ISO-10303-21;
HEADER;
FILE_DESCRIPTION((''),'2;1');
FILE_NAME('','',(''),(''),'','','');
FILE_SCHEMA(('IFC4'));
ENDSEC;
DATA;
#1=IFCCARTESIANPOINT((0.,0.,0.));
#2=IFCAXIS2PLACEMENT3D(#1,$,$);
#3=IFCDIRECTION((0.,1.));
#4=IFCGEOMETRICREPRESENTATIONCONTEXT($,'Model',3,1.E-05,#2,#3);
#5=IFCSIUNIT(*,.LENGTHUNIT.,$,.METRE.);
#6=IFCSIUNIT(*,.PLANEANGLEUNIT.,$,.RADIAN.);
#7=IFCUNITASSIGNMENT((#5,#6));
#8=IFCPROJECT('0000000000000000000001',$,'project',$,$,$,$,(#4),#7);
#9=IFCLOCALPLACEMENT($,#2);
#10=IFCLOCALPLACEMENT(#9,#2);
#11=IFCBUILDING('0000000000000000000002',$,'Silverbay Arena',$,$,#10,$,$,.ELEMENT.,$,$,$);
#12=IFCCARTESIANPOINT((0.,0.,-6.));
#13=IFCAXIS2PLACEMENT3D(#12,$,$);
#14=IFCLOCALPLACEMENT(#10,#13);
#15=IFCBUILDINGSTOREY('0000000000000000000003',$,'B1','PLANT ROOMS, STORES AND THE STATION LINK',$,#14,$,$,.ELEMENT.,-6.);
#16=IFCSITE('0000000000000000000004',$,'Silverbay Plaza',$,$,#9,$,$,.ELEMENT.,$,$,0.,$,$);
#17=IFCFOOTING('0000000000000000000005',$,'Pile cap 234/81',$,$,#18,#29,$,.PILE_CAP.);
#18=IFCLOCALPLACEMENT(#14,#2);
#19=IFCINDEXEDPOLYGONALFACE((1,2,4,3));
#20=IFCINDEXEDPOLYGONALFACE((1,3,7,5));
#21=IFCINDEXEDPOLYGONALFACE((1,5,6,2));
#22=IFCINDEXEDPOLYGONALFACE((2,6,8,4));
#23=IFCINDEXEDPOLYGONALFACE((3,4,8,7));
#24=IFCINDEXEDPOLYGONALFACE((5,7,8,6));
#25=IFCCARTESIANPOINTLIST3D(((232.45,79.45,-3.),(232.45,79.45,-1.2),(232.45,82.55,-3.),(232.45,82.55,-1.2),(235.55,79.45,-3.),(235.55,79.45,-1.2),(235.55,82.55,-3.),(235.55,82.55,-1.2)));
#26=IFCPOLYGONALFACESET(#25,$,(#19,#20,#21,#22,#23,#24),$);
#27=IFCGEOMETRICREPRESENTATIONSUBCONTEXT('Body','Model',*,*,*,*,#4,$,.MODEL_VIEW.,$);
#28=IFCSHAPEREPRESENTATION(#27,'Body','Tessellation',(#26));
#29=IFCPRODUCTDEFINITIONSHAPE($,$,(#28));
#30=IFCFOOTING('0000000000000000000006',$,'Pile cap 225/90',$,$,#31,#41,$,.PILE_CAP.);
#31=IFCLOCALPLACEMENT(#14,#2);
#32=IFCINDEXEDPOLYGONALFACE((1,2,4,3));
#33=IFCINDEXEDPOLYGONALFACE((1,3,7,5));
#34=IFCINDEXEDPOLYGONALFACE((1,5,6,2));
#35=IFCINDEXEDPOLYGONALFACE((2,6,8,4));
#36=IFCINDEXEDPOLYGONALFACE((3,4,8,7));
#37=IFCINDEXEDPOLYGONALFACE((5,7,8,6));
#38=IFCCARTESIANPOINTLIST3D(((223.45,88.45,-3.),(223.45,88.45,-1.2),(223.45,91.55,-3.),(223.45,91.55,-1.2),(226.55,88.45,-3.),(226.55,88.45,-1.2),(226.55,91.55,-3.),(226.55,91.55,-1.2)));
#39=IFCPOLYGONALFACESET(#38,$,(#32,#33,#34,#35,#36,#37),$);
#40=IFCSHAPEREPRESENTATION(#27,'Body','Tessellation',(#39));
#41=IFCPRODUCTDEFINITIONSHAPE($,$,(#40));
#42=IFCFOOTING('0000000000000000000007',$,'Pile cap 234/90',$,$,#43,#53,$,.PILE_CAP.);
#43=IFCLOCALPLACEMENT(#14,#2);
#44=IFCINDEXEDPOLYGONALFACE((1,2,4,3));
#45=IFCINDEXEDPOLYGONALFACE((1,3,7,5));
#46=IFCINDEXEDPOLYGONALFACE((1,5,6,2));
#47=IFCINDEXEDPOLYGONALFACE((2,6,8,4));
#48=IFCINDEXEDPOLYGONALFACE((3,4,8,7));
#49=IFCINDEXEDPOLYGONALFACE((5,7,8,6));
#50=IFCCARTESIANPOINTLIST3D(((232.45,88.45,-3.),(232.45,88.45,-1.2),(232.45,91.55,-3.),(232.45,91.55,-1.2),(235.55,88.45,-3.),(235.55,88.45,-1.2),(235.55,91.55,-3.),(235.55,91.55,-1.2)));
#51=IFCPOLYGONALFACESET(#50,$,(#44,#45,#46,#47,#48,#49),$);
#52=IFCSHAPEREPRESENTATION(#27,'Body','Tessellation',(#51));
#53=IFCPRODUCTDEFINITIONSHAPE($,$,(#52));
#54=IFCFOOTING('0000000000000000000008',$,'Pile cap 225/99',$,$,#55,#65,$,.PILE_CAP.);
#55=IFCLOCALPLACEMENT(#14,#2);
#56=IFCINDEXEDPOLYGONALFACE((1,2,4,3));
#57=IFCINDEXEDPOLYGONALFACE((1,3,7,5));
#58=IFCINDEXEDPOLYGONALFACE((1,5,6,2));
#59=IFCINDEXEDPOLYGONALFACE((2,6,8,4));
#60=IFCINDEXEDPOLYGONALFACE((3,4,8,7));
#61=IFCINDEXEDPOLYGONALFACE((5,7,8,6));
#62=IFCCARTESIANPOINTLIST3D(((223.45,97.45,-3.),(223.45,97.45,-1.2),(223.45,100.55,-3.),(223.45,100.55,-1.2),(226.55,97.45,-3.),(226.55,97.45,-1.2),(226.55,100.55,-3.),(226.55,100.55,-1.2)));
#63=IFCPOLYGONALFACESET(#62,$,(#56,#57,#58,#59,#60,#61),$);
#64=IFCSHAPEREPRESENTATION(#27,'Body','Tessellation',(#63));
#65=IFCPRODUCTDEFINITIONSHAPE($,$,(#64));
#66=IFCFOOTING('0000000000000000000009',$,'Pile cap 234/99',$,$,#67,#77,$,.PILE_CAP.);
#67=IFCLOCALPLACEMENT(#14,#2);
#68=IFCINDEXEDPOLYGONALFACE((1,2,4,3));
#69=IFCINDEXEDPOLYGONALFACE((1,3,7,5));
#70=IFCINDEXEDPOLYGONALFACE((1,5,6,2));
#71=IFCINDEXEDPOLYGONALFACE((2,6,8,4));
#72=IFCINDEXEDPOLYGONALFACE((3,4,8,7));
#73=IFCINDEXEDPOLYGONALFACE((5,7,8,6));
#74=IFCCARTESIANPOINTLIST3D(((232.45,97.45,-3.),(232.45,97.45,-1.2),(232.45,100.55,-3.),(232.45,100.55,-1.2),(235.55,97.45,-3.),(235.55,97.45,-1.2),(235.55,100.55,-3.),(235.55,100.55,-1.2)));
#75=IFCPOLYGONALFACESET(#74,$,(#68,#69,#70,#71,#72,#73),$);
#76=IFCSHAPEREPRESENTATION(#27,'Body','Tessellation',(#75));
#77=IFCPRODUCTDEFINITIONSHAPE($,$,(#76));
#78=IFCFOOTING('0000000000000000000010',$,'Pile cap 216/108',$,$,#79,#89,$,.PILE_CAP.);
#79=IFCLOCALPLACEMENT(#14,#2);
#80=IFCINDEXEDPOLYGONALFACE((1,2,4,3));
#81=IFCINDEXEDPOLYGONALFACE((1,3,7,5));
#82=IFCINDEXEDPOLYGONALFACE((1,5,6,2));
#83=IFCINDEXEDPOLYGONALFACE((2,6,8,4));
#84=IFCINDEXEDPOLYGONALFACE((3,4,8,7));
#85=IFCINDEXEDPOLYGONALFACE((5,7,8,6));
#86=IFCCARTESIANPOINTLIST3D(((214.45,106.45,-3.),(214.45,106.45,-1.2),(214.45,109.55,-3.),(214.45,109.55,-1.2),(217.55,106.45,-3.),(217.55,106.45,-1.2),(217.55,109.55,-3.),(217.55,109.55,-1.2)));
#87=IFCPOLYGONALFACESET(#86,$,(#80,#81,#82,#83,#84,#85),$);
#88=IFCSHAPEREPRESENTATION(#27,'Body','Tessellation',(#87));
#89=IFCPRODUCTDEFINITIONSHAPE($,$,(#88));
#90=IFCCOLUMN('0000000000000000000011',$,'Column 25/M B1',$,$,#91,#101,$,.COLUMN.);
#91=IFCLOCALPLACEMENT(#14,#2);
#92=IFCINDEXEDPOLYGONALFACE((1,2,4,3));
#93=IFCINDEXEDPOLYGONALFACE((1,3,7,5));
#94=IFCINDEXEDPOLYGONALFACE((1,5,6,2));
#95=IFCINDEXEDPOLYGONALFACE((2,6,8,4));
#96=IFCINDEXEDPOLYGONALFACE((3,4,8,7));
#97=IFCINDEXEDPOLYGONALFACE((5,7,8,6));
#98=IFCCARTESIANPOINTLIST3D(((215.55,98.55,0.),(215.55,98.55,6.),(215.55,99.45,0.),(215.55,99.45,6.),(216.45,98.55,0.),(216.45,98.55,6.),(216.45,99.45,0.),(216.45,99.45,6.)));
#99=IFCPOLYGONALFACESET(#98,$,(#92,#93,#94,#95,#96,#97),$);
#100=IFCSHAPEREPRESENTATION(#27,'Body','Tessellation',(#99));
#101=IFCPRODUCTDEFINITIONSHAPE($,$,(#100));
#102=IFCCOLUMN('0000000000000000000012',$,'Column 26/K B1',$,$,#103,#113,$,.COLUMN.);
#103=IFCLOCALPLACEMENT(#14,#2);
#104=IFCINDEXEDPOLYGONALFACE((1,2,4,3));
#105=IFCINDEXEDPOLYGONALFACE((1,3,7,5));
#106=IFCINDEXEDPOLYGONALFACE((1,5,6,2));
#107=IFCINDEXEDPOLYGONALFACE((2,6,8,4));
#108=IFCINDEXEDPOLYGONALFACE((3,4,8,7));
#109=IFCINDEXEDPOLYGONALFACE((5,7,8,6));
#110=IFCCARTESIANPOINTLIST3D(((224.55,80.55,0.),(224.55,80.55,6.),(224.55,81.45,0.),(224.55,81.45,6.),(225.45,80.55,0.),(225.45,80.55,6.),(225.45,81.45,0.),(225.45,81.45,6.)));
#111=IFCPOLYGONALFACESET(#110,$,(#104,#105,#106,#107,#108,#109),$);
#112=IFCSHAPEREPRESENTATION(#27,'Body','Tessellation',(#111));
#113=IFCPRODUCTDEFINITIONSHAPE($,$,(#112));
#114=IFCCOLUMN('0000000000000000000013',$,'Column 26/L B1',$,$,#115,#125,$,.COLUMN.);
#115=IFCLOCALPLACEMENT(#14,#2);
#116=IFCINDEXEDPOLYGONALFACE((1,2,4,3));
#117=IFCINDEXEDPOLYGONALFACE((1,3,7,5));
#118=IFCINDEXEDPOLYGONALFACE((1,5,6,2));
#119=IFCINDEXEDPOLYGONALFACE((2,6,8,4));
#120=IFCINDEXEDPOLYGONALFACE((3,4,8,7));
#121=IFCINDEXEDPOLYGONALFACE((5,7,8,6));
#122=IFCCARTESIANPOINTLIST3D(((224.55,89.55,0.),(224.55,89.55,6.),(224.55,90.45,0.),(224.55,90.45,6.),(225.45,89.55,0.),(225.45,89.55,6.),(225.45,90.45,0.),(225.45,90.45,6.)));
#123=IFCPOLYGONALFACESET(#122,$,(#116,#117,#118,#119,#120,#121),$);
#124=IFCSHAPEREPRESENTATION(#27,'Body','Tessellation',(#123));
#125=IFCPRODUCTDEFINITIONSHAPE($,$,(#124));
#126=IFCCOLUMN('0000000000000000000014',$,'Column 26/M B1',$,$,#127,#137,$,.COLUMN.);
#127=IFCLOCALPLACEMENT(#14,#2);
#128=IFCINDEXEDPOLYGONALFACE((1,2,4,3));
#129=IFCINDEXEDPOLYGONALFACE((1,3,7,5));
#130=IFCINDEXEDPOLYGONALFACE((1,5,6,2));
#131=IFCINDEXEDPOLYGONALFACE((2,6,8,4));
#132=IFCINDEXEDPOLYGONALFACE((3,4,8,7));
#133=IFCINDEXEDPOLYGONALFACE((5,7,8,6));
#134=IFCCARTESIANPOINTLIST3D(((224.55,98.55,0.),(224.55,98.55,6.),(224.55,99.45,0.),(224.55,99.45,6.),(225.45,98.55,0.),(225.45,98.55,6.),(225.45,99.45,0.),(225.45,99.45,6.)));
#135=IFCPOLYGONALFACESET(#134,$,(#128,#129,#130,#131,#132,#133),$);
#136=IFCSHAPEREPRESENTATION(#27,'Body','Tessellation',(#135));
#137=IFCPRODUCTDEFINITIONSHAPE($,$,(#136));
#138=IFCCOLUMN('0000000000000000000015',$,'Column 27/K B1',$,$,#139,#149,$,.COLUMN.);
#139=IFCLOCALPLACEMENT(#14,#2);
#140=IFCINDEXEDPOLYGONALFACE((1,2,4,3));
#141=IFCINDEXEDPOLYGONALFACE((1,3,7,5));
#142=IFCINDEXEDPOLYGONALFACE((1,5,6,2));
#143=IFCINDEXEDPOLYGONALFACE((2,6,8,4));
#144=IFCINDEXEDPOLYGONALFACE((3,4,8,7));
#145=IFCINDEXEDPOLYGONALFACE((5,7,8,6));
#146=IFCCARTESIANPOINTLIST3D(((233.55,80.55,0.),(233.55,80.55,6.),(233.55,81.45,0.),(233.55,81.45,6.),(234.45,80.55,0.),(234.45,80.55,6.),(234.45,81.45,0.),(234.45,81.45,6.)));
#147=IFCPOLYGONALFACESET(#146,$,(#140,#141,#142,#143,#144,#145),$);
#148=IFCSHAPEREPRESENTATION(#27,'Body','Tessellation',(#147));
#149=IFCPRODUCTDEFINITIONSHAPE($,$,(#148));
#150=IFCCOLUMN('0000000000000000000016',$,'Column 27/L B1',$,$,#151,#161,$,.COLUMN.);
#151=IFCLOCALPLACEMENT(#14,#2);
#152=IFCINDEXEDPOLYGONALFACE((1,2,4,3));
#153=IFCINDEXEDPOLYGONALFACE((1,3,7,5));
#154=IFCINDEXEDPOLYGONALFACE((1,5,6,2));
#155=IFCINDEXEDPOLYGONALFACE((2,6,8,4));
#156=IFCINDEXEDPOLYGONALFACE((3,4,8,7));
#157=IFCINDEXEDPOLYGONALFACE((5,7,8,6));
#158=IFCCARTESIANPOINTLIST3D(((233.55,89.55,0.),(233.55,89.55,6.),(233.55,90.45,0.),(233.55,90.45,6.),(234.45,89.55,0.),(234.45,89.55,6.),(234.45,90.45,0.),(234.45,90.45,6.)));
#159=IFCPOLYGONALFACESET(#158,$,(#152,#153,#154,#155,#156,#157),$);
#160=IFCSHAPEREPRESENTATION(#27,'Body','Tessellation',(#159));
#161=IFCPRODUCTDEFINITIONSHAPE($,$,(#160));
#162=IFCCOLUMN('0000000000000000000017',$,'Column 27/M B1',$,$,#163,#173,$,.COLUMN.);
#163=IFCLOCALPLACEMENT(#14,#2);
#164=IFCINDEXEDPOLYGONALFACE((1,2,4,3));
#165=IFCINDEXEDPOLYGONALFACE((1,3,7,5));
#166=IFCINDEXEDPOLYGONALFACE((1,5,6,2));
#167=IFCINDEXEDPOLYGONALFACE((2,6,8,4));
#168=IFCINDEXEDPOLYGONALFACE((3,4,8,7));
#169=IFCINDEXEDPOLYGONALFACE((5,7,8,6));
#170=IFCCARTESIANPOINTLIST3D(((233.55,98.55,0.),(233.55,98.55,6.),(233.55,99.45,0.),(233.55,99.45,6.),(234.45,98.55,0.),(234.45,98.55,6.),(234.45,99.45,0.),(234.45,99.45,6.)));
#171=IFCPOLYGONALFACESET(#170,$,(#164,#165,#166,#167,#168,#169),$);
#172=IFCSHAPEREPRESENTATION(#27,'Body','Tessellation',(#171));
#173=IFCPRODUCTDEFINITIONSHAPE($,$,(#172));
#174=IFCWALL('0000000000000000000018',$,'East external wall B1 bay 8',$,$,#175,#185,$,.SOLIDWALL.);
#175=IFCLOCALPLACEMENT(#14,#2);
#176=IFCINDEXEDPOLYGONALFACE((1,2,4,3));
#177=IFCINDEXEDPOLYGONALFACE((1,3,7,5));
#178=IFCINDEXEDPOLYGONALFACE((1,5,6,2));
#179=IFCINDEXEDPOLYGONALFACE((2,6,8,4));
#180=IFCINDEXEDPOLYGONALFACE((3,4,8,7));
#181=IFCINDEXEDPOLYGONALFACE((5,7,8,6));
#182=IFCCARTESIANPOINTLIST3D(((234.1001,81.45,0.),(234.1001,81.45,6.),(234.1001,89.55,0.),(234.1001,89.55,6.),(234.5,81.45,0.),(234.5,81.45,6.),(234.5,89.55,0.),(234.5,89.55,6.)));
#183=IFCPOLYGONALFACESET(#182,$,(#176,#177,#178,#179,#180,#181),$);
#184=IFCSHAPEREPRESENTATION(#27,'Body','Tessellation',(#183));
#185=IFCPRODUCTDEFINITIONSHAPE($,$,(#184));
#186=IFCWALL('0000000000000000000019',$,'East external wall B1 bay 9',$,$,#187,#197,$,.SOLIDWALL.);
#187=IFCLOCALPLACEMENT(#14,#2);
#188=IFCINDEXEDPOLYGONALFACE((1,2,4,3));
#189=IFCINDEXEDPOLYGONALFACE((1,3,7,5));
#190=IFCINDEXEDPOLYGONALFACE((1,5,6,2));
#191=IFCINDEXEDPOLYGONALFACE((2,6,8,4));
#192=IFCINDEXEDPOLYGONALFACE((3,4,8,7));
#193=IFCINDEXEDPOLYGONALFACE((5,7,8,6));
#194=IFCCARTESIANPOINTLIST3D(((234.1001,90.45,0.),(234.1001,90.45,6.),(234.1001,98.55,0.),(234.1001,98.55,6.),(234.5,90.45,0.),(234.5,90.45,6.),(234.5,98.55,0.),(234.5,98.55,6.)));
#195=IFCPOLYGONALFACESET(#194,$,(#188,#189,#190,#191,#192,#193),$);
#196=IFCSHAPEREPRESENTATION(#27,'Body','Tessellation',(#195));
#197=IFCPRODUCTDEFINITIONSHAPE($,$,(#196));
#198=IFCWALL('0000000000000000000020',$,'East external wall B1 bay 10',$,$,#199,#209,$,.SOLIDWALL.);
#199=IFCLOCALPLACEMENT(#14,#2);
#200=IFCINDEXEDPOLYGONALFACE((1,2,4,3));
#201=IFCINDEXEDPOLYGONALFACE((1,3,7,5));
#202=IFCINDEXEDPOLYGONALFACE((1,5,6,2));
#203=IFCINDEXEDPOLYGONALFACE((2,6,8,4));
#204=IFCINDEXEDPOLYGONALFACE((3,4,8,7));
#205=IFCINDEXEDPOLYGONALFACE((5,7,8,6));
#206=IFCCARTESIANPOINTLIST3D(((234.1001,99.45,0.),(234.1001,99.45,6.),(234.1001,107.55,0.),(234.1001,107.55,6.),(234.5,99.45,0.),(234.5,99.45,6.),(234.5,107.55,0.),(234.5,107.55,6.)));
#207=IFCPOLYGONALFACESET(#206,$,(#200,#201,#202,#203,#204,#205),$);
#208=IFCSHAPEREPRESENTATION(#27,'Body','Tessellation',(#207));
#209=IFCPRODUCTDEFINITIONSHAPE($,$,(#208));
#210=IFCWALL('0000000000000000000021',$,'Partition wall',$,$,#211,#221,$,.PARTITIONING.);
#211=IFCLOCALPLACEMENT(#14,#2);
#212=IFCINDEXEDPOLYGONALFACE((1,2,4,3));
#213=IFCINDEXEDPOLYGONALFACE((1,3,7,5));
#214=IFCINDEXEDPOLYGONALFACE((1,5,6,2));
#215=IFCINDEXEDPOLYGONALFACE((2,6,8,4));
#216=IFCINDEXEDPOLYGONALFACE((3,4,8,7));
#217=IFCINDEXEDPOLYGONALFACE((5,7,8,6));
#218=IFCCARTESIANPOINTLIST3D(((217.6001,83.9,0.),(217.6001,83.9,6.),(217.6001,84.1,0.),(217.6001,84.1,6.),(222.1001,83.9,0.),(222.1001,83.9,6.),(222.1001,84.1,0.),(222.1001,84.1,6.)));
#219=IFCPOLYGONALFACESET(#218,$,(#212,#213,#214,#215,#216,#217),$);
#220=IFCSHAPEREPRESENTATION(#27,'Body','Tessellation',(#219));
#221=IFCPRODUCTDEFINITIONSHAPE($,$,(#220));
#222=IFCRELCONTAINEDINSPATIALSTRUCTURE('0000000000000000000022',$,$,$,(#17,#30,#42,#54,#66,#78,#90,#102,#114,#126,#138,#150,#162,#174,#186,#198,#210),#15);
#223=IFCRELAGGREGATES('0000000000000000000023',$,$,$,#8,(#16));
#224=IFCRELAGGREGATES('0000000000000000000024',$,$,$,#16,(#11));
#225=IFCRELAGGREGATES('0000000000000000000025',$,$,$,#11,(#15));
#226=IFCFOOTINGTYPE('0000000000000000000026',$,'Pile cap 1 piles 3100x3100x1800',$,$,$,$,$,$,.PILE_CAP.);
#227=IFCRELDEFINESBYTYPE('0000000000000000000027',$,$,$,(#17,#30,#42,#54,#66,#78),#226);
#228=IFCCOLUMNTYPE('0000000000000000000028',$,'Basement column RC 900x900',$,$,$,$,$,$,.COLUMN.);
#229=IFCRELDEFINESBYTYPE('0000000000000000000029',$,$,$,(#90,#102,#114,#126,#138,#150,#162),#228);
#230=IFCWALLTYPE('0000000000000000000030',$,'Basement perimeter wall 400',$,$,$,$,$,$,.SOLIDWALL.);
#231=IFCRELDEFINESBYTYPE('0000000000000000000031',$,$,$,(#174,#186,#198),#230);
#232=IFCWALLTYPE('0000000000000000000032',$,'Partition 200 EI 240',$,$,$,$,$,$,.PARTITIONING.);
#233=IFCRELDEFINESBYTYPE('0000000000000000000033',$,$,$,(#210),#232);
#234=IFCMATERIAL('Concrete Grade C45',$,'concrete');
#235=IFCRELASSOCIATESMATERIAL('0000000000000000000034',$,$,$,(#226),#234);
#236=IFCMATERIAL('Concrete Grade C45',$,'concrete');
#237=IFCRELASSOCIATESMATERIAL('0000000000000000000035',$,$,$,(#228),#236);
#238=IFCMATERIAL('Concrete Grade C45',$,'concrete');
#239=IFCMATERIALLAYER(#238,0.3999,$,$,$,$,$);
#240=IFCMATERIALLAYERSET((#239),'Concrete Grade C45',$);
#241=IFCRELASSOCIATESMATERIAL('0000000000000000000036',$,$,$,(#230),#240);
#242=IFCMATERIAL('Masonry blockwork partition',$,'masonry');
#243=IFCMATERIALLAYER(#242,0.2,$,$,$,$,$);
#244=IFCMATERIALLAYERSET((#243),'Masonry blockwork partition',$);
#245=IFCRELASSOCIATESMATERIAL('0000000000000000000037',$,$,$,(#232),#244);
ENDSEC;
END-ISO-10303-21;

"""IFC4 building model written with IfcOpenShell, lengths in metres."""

from ifc_helpers import new_model, si_unit, direction, frame, frame_2d, origin, origin_2d, place, context, subcontext, project, spatial, rectangle, extrude, material, layer, layer_set, material_profile, profile_set, type_object, element, save


model = new_model("IFC4")

# Units and contexts
model_context = context("Model", 3, precision=1e-05, world=origin(), true_north=direction((0.0, 1.0)))
body_context = subcontext(model_context, "Body", "Model", "MODEL_VIEW")
ifc_project = project(units=[si_unit("LENGTHUNIT", "METRE"), si_unit("PLANEANGLEUNIT", "RADIAN")], contexts=[model_context])

# Site, building, storey
site_placement = place(None, origin())
site = spatial("IfcSite", under=ifc_project, at=site_placement, Name="Silverbay Plaza", CompositionType="ELEMENT", RefElevation=0.0)
building_placement = place(site_placement, origin())
building = spatial("IfcBuilding", under=site, at=building_placement, Name="Silverbay Arena", CompositionType="ELEMENT")
storey_placement = place(building_placement, frame((0.0, 0.0, -6.0)))
storey = spatial("IfcBuildingStorey", under=building, at=storey_placement, Name="B1", Description="PLANT ROOMS, STORES AND THE STATION LINK", CompositionType="ELEMENT", Elevation=-6.0)

# Footings
ifc_material_1 = material(Name="Concrete Grade C45", Category="concrete")
footing_type = type_object("IfcFootingType", Name="Pile cap 1 piles 3100x3100x1800", PredefinedType="PILE_CAP", material=ifc_material_1)
for number, where, z_axis, x_axis, name in (
    (1, (234.0, 81.0, -3.0), (0.0, 0.0, 1.0), (1.0, 0.0, 0.0), "Pile cap 234/81"),
    (2, (225.0, 90.0, -3.0), (0.0, 0.0, 1.0), (1.0, 0.0, 0.0), "Pile cap 225/90"),
    (3, (234.0, 90.0, -3.0), (0.0, 0.0, 1.0), (1.0, 0.0, 0.0), "Pile cap 234/90"),
    (4, (225.0, 99.0, -3.0), (0.0, 0.0, 1.0), (1.0, 0.0, 0.0), "Pile cap 225/99"),
    (5, (234.0, 99.0, -3.0), (0.0, 0.0, 1.0), (1.0, 0.0, 0.0), "Pile cap 234/99"),
    (6, (216.0, 108.0, -3.0), (0.0, 0.0, 1.0), (1.0, 0.0, 0.0), "Pile cap 216/108"),
):
    element("IfcFooting", number, at=place(storey_placement, frame(where, z_axis=z_axis, x_axis=x_axis)), inside=storey, type_object=footing_type, Name=name, PredefinedType="PILE_CAP", context=body_context, shape_type="SweptSolid", body=[
        extrude(rectangle(XDim=3.1001, YDim=3.1001, at=origin_2d()), origin(), (0.0, 0.0, 1.0), 1.8),
    ])

# Columns
ifc_material_2 = material(Name="Concrete Grade C45", Category="concrete")
ifc_material_profile_1 = material_profile(ifc_material_2, rectangle(XDim=0.8999, YDim=0.8999, at=origin_2d()), Name="RC 900x900")
ifc_profile_set_1 = profile_set([ifc_material_profile_1], Name="Concrete Grade C45")
column_type = type_object("IfcColumnType", Name="Basement column RC 900x900", PredefinedType="COLUMN", material=ifc_profile_set_1)
for number, where, z_axis, x_axis, name in (
    (7, (216.0, 99.0, 0.0), (0.0, 0.0, 1.0), (1.0, 0.0, 0.0), "Column 25/M B1"),
    (8, (225.0, 81.0, 0.0), (0.0, 0.0, 1.0), (1.0, 0.0, 0.0), "Column 26/K B1"),
    (9, (225.0, 90.0, 0.0), (0.0, 0.0, 1.0), (1.0, 0.0, 0.0), "Column 26/L B1"),
    (10, (225.0, 99.0, 0.0), (0.0, 0.0, 1.0), (1.0, 0.0, 0.0), "Column 26/M B1"),
    (11, (234.0, 81.0, 0.0), (0.0, 0.0, 1.0), (1.0, 0.0, 0.0), "Column 27/K B1"),
    (12, (234.0, 90.0, 0.0), (0.0, 0.0, 1.0), (1.0, 0.0, 0.0), "Column 27/L B1"),
    (13, (234.0, 99.0, 0.0), (0.0, 0.0, 1.0), (1.0, 0.0, 0.0), "Column 27/M B1"),
):
    element("IfcColumn", number, at=place(storey_placement, frame(where, z_axis=z_axis, x_axis=x_axis)), inside=storey, type_object=column_type, Name=name, PredefinedType="COLUMN", context=body_context, shape_type="SweptSolid", body=[
        extrude(rectangle(XDim=0.8999, YDim=0.8999, at=origin_2d()), origin(), (0.0, 0.0, 1.0), 6.0),
    ])

# Walls
ifc_material_3 = material(Name="Concrete Grade C45", Category="concrete")
ifc_layer_1 = layer(ifc_material_3, 0.3999)
ifc_layer_set_1 = layer_set([ifc_layer_1], Name="Concrete Grade C45")
wall_type_1 = type_object("IfcWallType", Name="Basement perimeter wall 400", PredefinedType="SOLIDWALL", material=ifc_layer_set_1)
for number, where, z_axis, x_axis, name in (
    (14, (234.3, 81.45, 0.0), (0.0, 0.0, 1.0), (0.0, 1.0, 0.0), "East external wall B1 bay 8"),
    (15, (234.3, 90.45, 0.0), (0.0, 0.0, 1.0), (0.0, 1.0, 0.0), "East external wall B1 bay 9"),
    (16, (234.3, 99.45, 0.0), (0.0, 0.0, 1.0), (0.0, 1.0, 0.0), "East external wall B1 bay 10"),
):
    element("IfcWall", number, at=place(storey_placement, frame(where, z_axis=z_axis, x_axis=x_axis)), inside=storey, type_object=wall_type_1, Name=name, PredefinedType="SOLIDWALL", context=body_context, shape_type="SweptSolid", body=[
        extrude(rectangle(XDim=8.1001, YDim=0.3999, at=frame_2d((4.05, 0.0))), origin(), (0.0, 0.0, 1.0), 6.0),
    ])
ifc_material_4 = material(Name="Masonry blockwork partition", Category="masonry")
ifc_layer_2 = layer(ifc_material_4, 0.2)
ifc_layer_set_2 = layer_set([ifc_layer_2], Name="Masonry blockwork partition")
wall_type_2 = type_object("IfcWallType", Name="Partition 200 EI 240", PredefinedType="PARTITIONING", material=ifc_layer_set_2)
wall_1_placement = place(storey_placement, frame((217.6001, 84.0, 0.0), z_axis=(0.0, 0.0, 1.0), x_axis=(1.0, 0.0, 0.0)))
element("IfcWall", 17, at=wall_1_placement, inside=storey, type_object=wall_type_2, Name="Partition wall", PredefinedType="PARTITIONING", context=body_context, shape_type="SweptSolid", body=[
    extrude(rectangle(XDim=4.5, YDim=0.2, at=frame_2d((2.25, 0.0))), origin(), (0.0, 0.0, 1.0), 6.0),
])

save(model, "model.ifc")
